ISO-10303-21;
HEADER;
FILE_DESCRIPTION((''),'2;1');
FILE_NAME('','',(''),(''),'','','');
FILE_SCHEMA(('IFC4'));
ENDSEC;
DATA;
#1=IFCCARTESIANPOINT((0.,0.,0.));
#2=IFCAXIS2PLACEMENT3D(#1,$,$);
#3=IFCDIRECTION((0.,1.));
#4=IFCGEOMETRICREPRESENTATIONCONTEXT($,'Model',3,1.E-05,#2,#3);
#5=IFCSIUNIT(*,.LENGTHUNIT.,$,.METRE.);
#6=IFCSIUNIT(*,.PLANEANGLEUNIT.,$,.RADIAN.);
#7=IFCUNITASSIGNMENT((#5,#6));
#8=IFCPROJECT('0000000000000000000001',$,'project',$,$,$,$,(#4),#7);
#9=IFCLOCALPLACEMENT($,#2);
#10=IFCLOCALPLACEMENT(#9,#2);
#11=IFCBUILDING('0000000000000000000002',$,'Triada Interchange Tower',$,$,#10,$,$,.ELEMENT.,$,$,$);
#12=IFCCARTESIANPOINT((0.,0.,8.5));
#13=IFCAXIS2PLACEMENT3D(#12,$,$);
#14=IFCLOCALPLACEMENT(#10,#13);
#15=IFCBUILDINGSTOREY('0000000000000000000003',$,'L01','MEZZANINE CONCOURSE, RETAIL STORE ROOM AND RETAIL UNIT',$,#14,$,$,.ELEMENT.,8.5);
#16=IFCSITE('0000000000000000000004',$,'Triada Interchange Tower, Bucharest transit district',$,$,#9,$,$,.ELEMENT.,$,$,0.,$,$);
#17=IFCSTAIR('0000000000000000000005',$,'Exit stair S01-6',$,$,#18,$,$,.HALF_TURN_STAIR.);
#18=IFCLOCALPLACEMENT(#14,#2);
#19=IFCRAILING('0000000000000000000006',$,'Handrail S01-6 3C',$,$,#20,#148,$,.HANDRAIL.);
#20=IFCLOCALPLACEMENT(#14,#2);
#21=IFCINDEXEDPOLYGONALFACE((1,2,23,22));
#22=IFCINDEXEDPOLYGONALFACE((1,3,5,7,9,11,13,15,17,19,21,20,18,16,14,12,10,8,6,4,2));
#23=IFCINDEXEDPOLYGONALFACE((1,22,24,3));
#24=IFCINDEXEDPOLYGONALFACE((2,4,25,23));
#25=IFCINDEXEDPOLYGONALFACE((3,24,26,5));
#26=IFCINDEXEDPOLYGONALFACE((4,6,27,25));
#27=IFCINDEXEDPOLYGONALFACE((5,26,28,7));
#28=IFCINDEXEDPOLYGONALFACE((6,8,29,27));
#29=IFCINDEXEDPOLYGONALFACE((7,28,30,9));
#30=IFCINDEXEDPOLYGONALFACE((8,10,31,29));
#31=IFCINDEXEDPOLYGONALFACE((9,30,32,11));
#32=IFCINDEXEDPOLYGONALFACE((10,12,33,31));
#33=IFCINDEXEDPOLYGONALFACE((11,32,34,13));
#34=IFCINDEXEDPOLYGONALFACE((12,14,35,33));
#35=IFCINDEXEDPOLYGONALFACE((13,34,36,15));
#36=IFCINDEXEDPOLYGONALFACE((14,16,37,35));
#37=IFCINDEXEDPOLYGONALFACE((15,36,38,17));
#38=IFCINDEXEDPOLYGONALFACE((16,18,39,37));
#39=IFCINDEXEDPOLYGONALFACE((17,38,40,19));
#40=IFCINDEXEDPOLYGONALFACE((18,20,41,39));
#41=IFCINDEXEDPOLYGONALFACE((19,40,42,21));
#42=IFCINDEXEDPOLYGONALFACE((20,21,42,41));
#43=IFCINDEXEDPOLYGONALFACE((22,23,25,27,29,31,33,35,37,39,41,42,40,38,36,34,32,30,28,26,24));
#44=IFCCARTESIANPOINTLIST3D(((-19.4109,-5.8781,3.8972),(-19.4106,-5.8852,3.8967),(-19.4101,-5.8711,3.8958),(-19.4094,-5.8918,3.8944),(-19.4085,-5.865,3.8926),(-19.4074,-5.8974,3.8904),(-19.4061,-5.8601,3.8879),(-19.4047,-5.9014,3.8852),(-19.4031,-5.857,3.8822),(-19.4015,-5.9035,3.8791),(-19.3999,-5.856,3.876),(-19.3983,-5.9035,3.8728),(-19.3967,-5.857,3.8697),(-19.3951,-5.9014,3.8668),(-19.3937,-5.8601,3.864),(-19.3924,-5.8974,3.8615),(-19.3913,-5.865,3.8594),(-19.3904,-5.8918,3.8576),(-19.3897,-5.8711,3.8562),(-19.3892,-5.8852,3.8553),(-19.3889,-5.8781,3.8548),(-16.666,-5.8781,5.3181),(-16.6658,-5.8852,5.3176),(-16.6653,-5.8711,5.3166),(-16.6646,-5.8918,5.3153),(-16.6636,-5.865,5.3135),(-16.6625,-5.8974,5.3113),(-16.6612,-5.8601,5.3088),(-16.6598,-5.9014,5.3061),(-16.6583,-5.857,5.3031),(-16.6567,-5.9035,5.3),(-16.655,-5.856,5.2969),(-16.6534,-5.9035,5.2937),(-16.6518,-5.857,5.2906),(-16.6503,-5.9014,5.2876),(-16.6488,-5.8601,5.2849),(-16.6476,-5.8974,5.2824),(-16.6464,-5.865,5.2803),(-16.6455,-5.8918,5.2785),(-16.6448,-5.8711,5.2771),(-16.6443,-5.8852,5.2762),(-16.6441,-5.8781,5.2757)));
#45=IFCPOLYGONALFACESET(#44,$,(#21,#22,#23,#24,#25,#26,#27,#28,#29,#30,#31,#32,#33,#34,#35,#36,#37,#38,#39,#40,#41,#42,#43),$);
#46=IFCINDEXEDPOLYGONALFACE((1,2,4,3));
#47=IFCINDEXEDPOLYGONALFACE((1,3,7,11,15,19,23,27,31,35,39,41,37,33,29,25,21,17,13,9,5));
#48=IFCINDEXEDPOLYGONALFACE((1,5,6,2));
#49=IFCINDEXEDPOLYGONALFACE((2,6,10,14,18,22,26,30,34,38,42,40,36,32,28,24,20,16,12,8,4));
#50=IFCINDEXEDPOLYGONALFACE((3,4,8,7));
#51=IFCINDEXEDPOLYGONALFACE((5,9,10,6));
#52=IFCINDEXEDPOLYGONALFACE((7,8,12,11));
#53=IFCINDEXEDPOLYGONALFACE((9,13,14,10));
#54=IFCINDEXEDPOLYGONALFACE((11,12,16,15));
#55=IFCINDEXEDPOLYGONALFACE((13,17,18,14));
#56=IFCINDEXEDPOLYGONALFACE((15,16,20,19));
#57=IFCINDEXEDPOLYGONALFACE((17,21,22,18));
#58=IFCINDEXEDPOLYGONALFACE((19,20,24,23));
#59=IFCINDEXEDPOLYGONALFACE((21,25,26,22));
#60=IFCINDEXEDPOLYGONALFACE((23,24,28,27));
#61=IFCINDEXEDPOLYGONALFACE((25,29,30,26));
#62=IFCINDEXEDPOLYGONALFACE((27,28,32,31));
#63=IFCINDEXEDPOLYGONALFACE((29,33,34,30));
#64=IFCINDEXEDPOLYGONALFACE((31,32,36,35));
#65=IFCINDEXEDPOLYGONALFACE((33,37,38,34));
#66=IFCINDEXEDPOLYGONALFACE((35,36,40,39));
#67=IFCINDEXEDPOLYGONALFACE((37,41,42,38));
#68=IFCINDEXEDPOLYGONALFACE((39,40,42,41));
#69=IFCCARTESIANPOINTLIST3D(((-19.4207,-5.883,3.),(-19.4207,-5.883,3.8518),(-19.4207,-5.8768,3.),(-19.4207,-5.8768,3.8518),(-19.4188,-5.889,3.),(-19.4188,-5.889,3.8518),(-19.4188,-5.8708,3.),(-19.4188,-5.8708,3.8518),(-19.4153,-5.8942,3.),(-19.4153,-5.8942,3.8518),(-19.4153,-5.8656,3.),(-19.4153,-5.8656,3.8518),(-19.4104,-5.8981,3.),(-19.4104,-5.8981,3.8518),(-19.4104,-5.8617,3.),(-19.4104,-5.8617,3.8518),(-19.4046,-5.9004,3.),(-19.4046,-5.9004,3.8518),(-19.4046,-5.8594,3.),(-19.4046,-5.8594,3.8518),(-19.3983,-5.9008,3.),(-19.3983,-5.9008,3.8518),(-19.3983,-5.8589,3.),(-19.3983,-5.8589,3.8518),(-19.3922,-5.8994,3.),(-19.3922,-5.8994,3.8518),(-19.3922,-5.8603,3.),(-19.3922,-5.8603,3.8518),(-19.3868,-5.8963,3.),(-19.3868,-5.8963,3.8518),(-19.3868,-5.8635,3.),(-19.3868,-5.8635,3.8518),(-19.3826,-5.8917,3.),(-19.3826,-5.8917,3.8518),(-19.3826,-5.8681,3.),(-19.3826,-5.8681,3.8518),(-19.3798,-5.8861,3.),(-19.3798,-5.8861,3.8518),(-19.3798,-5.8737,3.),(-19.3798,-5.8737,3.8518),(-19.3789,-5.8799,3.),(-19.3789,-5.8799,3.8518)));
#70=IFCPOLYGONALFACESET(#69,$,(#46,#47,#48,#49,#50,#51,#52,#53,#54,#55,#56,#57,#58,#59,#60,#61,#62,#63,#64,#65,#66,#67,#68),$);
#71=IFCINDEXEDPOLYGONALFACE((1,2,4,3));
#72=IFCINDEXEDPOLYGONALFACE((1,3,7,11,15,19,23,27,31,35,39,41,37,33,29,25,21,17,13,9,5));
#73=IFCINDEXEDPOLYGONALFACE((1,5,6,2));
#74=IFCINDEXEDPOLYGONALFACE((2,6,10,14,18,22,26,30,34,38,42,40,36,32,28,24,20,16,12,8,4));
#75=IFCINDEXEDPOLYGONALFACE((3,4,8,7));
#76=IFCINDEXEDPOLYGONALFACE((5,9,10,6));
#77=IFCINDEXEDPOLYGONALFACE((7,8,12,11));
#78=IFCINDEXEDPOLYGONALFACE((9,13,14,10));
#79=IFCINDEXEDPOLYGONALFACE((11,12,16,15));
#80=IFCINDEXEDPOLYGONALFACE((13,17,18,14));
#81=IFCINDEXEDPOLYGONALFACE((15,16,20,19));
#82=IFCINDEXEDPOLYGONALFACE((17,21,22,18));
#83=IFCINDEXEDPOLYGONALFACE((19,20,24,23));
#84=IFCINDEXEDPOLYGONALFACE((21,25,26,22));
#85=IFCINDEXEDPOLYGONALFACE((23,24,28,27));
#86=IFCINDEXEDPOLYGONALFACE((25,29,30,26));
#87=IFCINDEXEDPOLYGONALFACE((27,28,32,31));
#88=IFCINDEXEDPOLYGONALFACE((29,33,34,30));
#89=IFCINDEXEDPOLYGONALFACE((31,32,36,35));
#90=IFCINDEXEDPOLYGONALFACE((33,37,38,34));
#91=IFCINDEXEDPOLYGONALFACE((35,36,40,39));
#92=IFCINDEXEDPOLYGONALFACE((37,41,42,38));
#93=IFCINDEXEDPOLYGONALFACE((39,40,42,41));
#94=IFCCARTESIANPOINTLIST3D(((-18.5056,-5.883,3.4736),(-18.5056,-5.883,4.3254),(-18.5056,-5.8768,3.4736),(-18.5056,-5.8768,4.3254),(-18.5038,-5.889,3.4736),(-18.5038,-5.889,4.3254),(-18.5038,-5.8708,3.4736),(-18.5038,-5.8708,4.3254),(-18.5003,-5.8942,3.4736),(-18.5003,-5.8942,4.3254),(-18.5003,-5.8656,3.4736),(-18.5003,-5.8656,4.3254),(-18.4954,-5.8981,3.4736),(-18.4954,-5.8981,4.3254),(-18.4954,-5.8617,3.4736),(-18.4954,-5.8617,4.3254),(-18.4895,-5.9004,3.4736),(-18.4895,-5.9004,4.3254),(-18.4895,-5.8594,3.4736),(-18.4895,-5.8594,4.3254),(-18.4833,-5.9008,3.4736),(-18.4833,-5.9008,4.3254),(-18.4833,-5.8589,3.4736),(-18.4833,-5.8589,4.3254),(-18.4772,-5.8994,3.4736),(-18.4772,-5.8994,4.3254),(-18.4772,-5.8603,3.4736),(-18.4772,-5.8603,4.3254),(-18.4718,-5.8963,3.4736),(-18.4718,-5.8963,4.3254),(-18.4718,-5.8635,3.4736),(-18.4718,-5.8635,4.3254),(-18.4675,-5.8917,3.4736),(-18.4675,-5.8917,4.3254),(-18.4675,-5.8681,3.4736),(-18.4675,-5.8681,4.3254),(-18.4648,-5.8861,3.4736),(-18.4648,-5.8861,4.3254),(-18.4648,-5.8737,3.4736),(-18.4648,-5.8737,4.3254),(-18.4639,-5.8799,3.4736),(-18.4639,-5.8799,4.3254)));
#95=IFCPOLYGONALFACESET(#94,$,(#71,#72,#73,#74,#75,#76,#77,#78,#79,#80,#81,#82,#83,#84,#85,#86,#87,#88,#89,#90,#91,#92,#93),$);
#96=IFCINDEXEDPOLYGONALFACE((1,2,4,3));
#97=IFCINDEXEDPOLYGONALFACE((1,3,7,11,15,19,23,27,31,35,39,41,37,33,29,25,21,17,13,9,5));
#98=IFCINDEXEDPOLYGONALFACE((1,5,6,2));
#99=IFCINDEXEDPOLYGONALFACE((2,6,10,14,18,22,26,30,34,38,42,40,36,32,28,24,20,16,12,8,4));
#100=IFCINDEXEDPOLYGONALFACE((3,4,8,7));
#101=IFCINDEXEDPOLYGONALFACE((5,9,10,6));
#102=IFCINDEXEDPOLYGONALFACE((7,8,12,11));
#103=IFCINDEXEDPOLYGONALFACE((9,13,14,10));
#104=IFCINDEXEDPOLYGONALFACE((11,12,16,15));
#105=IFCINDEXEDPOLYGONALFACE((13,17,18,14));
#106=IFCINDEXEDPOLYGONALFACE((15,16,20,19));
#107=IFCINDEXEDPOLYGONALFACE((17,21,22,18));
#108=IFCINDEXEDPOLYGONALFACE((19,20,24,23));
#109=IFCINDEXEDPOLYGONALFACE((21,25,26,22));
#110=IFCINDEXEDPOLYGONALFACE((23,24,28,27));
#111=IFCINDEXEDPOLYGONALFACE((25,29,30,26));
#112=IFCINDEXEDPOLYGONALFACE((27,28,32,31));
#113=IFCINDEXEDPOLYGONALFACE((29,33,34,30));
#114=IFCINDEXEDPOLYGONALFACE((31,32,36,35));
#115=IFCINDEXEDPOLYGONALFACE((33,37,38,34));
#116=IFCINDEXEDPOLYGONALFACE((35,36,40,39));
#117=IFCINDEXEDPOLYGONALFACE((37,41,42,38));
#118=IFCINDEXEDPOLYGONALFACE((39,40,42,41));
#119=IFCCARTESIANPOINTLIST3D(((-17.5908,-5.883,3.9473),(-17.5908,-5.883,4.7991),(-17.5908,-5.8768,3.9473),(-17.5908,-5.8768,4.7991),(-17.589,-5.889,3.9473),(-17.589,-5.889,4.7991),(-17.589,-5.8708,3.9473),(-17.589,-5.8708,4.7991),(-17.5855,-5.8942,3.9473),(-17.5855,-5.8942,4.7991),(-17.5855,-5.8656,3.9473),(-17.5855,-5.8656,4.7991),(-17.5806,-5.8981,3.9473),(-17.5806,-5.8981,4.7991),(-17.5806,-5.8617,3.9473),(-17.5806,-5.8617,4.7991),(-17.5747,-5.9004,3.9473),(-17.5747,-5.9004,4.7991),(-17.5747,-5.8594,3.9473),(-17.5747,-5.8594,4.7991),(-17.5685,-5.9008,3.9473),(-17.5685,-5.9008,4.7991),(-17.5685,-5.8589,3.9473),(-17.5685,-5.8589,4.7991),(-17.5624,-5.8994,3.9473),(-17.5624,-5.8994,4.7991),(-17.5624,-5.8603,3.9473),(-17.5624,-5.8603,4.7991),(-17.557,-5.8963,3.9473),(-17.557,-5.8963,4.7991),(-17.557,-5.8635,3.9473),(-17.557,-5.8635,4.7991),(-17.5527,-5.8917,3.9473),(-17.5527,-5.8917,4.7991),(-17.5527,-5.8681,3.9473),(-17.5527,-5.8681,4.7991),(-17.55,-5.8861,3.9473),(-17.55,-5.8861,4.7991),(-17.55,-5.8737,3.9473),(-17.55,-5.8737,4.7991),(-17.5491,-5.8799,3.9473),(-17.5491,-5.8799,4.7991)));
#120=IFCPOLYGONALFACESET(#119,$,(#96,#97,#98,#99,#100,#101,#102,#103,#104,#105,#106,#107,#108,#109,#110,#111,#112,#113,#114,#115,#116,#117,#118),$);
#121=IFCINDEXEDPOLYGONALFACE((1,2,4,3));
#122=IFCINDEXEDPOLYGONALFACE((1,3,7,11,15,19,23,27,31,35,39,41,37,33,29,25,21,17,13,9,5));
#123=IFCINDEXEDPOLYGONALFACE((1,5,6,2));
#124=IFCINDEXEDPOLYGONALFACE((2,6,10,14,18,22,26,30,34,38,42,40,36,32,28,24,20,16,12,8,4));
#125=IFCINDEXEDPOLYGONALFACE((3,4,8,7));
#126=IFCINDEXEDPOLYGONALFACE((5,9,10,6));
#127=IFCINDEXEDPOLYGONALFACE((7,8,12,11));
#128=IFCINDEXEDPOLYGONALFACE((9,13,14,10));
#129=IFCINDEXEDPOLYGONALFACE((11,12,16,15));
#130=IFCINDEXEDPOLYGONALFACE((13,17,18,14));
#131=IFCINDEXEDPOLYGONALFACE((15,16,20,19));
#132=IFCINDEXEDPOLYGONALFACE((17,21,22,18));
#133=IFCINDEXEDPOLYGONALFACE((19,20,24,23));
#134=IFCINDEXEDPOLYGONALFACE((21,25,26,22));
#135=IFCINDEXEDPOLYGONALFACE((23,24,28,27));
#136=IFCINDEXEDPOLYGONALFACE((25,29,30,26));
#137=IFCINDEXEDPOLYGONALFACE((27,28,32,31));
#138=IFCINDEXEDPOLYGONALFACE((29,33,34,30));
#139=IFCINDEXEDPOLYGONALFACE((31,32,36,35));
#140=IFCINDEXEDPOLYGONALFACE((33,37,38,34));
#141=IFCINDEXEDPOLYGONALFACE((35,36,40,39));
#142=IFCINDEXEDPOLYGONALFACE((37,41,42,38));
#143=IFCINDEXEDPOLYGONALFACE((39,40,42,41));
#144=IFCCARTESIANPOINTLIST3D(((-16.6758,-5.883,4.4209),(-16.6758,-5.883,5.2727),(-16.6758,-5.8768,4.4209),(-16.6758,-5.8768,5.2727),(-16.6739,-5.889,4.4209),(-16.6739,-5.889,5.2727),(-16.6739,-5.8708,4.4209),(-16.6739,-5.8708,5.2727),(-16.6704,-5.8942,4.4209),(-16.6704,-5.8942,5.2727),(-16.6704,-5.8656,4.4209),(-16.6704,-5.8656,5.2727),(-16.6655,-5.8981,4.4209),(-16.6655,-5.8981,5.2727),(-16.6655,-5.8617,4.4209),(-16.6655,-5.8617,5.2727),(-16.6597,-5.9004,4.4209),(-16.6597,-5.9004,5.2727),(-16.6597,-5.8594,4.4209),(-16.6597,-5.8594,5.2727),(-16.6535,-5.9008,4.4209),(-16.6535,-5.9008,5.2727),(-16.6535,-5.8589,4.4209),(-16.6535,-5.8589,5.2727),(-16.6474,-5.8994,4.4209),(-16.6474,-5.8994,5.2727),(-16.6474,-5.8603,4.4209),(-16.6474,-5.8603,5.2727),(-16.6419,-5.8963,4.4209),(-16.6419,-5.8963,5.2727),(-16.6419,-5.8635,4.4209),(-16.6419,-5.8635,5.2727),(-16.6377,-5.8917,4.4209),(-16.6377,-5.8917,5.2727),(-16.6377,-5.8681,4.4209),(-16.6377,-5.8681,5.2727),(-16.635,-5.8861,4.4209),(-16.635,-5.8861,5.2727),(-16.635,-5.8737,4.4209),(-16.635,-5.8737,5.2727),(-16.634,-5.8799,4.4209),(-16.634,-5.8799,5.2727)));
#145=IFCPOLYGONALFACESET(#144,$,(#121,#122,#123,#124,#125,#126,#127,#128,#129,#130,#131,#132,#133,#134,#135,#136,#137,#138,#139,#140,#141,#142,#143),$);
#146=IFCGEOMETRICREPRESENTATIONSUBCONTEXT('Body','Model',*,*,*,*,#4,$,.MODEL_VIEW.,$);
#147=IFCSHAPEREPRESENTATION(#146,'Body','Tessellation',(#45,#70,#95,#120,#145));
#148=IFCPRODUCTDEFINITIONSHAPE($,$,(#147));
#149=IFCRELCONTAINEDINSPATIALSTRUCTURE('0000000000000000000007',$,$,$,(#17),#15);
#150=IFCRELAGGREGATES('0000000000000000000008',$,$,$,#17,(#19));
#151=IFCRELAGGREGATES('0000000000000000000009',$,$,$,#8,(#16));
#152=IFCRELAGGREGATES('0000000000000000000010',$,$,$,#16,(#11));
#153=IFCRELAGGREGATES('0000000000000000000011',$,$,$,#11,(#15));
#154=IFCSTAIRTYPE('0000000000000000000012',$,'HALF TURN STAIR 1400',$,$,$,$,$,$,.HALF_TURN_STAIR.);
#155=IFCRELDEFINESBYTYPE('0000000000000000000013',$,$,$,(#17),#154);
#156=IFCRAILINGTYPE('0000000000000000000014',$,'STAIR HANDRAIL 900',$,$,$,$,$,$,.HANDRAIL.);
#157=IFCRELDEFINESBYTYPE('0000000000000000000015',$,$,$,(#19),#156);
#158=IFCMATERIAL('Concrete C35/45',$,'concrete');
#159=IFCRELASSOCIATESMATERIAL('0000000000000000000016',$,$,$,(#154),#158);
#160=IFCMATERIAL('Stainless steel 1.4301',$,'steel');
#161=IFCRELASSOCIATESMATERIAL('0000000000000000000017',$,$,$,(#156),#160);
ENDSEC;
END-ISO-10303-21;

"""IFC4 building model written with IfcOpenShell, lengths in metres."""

from ifc_helpers import new_model, si_unit, direction, frame, origin, origin_2d, place, context, subcontext, project, spatial, circle, extrude, material, type_object, element, aggregate, save


model = new_model("IFC4")

# Units and contexts
model_context = context("Model", 3, precision=1e-05, world=origin(), true_north=direction((0.0, 1.0)))
body_context = subcontext(model_context, "Body", "Model", "MODEL_VIEW")
ifc_project = project(units=[si_unit("LENGTHUNIT", "METRE"), si_unit("PLANEANGLEUNIT", "RADIAN")], contexts=[model_context])

# Site, building, storey
site_placement = place(None, origin())
site = spatial("IfcSite", under=ifc_project, at=site_placement, Name="Triada Interchange Tower, Bucharest transit district", CompositionType="ELEMENT", RefElevation=0.0)
building_placement = place(site_placement, origin())
building = spatial("IfcBuilding", under=site, at=building_placement, Name="Triada Interchange Tower", CompositionType="ELEMENT")
storey_placement = place(building_placement, frame((0.0, 0.0, 8.5)))
storey = spatial("IfcBuildingStorey", under=building, at=storey_placement, Name="L01", Description="MEZZANINE CONCOURSE, RETAIL STORE ROOM AND RETAIL UNIT", CompositionType="ELEMENT", Elevation=8.5)

# Shared definitions
ifc_material_1 = material(Name="Concrete C35/45", Category="concrete")

# Stair, railing
stair_type = type_object("IfcStairType", Name="HALF TURN STAIR 1400", PredefinedType="HALF_TURN_STAIR", material=ifc_material_1)
stair_placement = place(storey_placement, origin())
stair = element("IfcStair", 1, at=stair_placement, inside=storey, type_object=stair_type, Name="Exit stair S01-6", PredefinedType="HALF_TURN_STAIR")
ifc_material_2 = material(Name="Stainless steel 1.4301", Category="steel")
railing_type_1 = type_object("IfcRailingType", Name="STAIR HANDRAIL 900", PredefinedType="HANDRAIL", material=ifc_material_2)
railing_1_placement = place(storey_placement, frame((-19.3999, -5.8799, 3.0)))
railing_1 = element("IfcRailing", 2, at=railing_1_placement, type_object=railing_type_1, Name="Handrail S01-6 3C", PredefinedType="HANDRAIL", context=body_context, shape_type="SweptSolid", body=[
    extrude(circle(Radius=0.0239, at=origin_2d()), frame((0.0, 0.0, 0.876), z_axis=(0.888068, 0.0, 0.459713), x_axis=(0.0, 1.0, 0.0)), (0.0, 0.0, 1.0), 3.0908),
    extrude(circle(Radius=0.021, at=origin_2d()), origin(), (0.0, 0.0, 1.0), 0.8518),
    extrude(circle(Radius=0.021, at=origin_2d()), frame((0.915, 0.0, 0.4736)), (0.0, 0.0, 1.0), 0.8518),
    extrude(circle(Radius=0.021, at=origin_2d()), frame((1.8298, 0.0, 0.9473)), (0.0, 0.0, 1.0), 0.8518),
    extrude(circle(Radius=0.021, at=origin_2d()), frame((2.7449, 0.0, 1.4209)), (0.0, 0.0, 1.0), 0.8518),
])
aggregate(stair, [railing_1])

save(model, "model.ifc")
